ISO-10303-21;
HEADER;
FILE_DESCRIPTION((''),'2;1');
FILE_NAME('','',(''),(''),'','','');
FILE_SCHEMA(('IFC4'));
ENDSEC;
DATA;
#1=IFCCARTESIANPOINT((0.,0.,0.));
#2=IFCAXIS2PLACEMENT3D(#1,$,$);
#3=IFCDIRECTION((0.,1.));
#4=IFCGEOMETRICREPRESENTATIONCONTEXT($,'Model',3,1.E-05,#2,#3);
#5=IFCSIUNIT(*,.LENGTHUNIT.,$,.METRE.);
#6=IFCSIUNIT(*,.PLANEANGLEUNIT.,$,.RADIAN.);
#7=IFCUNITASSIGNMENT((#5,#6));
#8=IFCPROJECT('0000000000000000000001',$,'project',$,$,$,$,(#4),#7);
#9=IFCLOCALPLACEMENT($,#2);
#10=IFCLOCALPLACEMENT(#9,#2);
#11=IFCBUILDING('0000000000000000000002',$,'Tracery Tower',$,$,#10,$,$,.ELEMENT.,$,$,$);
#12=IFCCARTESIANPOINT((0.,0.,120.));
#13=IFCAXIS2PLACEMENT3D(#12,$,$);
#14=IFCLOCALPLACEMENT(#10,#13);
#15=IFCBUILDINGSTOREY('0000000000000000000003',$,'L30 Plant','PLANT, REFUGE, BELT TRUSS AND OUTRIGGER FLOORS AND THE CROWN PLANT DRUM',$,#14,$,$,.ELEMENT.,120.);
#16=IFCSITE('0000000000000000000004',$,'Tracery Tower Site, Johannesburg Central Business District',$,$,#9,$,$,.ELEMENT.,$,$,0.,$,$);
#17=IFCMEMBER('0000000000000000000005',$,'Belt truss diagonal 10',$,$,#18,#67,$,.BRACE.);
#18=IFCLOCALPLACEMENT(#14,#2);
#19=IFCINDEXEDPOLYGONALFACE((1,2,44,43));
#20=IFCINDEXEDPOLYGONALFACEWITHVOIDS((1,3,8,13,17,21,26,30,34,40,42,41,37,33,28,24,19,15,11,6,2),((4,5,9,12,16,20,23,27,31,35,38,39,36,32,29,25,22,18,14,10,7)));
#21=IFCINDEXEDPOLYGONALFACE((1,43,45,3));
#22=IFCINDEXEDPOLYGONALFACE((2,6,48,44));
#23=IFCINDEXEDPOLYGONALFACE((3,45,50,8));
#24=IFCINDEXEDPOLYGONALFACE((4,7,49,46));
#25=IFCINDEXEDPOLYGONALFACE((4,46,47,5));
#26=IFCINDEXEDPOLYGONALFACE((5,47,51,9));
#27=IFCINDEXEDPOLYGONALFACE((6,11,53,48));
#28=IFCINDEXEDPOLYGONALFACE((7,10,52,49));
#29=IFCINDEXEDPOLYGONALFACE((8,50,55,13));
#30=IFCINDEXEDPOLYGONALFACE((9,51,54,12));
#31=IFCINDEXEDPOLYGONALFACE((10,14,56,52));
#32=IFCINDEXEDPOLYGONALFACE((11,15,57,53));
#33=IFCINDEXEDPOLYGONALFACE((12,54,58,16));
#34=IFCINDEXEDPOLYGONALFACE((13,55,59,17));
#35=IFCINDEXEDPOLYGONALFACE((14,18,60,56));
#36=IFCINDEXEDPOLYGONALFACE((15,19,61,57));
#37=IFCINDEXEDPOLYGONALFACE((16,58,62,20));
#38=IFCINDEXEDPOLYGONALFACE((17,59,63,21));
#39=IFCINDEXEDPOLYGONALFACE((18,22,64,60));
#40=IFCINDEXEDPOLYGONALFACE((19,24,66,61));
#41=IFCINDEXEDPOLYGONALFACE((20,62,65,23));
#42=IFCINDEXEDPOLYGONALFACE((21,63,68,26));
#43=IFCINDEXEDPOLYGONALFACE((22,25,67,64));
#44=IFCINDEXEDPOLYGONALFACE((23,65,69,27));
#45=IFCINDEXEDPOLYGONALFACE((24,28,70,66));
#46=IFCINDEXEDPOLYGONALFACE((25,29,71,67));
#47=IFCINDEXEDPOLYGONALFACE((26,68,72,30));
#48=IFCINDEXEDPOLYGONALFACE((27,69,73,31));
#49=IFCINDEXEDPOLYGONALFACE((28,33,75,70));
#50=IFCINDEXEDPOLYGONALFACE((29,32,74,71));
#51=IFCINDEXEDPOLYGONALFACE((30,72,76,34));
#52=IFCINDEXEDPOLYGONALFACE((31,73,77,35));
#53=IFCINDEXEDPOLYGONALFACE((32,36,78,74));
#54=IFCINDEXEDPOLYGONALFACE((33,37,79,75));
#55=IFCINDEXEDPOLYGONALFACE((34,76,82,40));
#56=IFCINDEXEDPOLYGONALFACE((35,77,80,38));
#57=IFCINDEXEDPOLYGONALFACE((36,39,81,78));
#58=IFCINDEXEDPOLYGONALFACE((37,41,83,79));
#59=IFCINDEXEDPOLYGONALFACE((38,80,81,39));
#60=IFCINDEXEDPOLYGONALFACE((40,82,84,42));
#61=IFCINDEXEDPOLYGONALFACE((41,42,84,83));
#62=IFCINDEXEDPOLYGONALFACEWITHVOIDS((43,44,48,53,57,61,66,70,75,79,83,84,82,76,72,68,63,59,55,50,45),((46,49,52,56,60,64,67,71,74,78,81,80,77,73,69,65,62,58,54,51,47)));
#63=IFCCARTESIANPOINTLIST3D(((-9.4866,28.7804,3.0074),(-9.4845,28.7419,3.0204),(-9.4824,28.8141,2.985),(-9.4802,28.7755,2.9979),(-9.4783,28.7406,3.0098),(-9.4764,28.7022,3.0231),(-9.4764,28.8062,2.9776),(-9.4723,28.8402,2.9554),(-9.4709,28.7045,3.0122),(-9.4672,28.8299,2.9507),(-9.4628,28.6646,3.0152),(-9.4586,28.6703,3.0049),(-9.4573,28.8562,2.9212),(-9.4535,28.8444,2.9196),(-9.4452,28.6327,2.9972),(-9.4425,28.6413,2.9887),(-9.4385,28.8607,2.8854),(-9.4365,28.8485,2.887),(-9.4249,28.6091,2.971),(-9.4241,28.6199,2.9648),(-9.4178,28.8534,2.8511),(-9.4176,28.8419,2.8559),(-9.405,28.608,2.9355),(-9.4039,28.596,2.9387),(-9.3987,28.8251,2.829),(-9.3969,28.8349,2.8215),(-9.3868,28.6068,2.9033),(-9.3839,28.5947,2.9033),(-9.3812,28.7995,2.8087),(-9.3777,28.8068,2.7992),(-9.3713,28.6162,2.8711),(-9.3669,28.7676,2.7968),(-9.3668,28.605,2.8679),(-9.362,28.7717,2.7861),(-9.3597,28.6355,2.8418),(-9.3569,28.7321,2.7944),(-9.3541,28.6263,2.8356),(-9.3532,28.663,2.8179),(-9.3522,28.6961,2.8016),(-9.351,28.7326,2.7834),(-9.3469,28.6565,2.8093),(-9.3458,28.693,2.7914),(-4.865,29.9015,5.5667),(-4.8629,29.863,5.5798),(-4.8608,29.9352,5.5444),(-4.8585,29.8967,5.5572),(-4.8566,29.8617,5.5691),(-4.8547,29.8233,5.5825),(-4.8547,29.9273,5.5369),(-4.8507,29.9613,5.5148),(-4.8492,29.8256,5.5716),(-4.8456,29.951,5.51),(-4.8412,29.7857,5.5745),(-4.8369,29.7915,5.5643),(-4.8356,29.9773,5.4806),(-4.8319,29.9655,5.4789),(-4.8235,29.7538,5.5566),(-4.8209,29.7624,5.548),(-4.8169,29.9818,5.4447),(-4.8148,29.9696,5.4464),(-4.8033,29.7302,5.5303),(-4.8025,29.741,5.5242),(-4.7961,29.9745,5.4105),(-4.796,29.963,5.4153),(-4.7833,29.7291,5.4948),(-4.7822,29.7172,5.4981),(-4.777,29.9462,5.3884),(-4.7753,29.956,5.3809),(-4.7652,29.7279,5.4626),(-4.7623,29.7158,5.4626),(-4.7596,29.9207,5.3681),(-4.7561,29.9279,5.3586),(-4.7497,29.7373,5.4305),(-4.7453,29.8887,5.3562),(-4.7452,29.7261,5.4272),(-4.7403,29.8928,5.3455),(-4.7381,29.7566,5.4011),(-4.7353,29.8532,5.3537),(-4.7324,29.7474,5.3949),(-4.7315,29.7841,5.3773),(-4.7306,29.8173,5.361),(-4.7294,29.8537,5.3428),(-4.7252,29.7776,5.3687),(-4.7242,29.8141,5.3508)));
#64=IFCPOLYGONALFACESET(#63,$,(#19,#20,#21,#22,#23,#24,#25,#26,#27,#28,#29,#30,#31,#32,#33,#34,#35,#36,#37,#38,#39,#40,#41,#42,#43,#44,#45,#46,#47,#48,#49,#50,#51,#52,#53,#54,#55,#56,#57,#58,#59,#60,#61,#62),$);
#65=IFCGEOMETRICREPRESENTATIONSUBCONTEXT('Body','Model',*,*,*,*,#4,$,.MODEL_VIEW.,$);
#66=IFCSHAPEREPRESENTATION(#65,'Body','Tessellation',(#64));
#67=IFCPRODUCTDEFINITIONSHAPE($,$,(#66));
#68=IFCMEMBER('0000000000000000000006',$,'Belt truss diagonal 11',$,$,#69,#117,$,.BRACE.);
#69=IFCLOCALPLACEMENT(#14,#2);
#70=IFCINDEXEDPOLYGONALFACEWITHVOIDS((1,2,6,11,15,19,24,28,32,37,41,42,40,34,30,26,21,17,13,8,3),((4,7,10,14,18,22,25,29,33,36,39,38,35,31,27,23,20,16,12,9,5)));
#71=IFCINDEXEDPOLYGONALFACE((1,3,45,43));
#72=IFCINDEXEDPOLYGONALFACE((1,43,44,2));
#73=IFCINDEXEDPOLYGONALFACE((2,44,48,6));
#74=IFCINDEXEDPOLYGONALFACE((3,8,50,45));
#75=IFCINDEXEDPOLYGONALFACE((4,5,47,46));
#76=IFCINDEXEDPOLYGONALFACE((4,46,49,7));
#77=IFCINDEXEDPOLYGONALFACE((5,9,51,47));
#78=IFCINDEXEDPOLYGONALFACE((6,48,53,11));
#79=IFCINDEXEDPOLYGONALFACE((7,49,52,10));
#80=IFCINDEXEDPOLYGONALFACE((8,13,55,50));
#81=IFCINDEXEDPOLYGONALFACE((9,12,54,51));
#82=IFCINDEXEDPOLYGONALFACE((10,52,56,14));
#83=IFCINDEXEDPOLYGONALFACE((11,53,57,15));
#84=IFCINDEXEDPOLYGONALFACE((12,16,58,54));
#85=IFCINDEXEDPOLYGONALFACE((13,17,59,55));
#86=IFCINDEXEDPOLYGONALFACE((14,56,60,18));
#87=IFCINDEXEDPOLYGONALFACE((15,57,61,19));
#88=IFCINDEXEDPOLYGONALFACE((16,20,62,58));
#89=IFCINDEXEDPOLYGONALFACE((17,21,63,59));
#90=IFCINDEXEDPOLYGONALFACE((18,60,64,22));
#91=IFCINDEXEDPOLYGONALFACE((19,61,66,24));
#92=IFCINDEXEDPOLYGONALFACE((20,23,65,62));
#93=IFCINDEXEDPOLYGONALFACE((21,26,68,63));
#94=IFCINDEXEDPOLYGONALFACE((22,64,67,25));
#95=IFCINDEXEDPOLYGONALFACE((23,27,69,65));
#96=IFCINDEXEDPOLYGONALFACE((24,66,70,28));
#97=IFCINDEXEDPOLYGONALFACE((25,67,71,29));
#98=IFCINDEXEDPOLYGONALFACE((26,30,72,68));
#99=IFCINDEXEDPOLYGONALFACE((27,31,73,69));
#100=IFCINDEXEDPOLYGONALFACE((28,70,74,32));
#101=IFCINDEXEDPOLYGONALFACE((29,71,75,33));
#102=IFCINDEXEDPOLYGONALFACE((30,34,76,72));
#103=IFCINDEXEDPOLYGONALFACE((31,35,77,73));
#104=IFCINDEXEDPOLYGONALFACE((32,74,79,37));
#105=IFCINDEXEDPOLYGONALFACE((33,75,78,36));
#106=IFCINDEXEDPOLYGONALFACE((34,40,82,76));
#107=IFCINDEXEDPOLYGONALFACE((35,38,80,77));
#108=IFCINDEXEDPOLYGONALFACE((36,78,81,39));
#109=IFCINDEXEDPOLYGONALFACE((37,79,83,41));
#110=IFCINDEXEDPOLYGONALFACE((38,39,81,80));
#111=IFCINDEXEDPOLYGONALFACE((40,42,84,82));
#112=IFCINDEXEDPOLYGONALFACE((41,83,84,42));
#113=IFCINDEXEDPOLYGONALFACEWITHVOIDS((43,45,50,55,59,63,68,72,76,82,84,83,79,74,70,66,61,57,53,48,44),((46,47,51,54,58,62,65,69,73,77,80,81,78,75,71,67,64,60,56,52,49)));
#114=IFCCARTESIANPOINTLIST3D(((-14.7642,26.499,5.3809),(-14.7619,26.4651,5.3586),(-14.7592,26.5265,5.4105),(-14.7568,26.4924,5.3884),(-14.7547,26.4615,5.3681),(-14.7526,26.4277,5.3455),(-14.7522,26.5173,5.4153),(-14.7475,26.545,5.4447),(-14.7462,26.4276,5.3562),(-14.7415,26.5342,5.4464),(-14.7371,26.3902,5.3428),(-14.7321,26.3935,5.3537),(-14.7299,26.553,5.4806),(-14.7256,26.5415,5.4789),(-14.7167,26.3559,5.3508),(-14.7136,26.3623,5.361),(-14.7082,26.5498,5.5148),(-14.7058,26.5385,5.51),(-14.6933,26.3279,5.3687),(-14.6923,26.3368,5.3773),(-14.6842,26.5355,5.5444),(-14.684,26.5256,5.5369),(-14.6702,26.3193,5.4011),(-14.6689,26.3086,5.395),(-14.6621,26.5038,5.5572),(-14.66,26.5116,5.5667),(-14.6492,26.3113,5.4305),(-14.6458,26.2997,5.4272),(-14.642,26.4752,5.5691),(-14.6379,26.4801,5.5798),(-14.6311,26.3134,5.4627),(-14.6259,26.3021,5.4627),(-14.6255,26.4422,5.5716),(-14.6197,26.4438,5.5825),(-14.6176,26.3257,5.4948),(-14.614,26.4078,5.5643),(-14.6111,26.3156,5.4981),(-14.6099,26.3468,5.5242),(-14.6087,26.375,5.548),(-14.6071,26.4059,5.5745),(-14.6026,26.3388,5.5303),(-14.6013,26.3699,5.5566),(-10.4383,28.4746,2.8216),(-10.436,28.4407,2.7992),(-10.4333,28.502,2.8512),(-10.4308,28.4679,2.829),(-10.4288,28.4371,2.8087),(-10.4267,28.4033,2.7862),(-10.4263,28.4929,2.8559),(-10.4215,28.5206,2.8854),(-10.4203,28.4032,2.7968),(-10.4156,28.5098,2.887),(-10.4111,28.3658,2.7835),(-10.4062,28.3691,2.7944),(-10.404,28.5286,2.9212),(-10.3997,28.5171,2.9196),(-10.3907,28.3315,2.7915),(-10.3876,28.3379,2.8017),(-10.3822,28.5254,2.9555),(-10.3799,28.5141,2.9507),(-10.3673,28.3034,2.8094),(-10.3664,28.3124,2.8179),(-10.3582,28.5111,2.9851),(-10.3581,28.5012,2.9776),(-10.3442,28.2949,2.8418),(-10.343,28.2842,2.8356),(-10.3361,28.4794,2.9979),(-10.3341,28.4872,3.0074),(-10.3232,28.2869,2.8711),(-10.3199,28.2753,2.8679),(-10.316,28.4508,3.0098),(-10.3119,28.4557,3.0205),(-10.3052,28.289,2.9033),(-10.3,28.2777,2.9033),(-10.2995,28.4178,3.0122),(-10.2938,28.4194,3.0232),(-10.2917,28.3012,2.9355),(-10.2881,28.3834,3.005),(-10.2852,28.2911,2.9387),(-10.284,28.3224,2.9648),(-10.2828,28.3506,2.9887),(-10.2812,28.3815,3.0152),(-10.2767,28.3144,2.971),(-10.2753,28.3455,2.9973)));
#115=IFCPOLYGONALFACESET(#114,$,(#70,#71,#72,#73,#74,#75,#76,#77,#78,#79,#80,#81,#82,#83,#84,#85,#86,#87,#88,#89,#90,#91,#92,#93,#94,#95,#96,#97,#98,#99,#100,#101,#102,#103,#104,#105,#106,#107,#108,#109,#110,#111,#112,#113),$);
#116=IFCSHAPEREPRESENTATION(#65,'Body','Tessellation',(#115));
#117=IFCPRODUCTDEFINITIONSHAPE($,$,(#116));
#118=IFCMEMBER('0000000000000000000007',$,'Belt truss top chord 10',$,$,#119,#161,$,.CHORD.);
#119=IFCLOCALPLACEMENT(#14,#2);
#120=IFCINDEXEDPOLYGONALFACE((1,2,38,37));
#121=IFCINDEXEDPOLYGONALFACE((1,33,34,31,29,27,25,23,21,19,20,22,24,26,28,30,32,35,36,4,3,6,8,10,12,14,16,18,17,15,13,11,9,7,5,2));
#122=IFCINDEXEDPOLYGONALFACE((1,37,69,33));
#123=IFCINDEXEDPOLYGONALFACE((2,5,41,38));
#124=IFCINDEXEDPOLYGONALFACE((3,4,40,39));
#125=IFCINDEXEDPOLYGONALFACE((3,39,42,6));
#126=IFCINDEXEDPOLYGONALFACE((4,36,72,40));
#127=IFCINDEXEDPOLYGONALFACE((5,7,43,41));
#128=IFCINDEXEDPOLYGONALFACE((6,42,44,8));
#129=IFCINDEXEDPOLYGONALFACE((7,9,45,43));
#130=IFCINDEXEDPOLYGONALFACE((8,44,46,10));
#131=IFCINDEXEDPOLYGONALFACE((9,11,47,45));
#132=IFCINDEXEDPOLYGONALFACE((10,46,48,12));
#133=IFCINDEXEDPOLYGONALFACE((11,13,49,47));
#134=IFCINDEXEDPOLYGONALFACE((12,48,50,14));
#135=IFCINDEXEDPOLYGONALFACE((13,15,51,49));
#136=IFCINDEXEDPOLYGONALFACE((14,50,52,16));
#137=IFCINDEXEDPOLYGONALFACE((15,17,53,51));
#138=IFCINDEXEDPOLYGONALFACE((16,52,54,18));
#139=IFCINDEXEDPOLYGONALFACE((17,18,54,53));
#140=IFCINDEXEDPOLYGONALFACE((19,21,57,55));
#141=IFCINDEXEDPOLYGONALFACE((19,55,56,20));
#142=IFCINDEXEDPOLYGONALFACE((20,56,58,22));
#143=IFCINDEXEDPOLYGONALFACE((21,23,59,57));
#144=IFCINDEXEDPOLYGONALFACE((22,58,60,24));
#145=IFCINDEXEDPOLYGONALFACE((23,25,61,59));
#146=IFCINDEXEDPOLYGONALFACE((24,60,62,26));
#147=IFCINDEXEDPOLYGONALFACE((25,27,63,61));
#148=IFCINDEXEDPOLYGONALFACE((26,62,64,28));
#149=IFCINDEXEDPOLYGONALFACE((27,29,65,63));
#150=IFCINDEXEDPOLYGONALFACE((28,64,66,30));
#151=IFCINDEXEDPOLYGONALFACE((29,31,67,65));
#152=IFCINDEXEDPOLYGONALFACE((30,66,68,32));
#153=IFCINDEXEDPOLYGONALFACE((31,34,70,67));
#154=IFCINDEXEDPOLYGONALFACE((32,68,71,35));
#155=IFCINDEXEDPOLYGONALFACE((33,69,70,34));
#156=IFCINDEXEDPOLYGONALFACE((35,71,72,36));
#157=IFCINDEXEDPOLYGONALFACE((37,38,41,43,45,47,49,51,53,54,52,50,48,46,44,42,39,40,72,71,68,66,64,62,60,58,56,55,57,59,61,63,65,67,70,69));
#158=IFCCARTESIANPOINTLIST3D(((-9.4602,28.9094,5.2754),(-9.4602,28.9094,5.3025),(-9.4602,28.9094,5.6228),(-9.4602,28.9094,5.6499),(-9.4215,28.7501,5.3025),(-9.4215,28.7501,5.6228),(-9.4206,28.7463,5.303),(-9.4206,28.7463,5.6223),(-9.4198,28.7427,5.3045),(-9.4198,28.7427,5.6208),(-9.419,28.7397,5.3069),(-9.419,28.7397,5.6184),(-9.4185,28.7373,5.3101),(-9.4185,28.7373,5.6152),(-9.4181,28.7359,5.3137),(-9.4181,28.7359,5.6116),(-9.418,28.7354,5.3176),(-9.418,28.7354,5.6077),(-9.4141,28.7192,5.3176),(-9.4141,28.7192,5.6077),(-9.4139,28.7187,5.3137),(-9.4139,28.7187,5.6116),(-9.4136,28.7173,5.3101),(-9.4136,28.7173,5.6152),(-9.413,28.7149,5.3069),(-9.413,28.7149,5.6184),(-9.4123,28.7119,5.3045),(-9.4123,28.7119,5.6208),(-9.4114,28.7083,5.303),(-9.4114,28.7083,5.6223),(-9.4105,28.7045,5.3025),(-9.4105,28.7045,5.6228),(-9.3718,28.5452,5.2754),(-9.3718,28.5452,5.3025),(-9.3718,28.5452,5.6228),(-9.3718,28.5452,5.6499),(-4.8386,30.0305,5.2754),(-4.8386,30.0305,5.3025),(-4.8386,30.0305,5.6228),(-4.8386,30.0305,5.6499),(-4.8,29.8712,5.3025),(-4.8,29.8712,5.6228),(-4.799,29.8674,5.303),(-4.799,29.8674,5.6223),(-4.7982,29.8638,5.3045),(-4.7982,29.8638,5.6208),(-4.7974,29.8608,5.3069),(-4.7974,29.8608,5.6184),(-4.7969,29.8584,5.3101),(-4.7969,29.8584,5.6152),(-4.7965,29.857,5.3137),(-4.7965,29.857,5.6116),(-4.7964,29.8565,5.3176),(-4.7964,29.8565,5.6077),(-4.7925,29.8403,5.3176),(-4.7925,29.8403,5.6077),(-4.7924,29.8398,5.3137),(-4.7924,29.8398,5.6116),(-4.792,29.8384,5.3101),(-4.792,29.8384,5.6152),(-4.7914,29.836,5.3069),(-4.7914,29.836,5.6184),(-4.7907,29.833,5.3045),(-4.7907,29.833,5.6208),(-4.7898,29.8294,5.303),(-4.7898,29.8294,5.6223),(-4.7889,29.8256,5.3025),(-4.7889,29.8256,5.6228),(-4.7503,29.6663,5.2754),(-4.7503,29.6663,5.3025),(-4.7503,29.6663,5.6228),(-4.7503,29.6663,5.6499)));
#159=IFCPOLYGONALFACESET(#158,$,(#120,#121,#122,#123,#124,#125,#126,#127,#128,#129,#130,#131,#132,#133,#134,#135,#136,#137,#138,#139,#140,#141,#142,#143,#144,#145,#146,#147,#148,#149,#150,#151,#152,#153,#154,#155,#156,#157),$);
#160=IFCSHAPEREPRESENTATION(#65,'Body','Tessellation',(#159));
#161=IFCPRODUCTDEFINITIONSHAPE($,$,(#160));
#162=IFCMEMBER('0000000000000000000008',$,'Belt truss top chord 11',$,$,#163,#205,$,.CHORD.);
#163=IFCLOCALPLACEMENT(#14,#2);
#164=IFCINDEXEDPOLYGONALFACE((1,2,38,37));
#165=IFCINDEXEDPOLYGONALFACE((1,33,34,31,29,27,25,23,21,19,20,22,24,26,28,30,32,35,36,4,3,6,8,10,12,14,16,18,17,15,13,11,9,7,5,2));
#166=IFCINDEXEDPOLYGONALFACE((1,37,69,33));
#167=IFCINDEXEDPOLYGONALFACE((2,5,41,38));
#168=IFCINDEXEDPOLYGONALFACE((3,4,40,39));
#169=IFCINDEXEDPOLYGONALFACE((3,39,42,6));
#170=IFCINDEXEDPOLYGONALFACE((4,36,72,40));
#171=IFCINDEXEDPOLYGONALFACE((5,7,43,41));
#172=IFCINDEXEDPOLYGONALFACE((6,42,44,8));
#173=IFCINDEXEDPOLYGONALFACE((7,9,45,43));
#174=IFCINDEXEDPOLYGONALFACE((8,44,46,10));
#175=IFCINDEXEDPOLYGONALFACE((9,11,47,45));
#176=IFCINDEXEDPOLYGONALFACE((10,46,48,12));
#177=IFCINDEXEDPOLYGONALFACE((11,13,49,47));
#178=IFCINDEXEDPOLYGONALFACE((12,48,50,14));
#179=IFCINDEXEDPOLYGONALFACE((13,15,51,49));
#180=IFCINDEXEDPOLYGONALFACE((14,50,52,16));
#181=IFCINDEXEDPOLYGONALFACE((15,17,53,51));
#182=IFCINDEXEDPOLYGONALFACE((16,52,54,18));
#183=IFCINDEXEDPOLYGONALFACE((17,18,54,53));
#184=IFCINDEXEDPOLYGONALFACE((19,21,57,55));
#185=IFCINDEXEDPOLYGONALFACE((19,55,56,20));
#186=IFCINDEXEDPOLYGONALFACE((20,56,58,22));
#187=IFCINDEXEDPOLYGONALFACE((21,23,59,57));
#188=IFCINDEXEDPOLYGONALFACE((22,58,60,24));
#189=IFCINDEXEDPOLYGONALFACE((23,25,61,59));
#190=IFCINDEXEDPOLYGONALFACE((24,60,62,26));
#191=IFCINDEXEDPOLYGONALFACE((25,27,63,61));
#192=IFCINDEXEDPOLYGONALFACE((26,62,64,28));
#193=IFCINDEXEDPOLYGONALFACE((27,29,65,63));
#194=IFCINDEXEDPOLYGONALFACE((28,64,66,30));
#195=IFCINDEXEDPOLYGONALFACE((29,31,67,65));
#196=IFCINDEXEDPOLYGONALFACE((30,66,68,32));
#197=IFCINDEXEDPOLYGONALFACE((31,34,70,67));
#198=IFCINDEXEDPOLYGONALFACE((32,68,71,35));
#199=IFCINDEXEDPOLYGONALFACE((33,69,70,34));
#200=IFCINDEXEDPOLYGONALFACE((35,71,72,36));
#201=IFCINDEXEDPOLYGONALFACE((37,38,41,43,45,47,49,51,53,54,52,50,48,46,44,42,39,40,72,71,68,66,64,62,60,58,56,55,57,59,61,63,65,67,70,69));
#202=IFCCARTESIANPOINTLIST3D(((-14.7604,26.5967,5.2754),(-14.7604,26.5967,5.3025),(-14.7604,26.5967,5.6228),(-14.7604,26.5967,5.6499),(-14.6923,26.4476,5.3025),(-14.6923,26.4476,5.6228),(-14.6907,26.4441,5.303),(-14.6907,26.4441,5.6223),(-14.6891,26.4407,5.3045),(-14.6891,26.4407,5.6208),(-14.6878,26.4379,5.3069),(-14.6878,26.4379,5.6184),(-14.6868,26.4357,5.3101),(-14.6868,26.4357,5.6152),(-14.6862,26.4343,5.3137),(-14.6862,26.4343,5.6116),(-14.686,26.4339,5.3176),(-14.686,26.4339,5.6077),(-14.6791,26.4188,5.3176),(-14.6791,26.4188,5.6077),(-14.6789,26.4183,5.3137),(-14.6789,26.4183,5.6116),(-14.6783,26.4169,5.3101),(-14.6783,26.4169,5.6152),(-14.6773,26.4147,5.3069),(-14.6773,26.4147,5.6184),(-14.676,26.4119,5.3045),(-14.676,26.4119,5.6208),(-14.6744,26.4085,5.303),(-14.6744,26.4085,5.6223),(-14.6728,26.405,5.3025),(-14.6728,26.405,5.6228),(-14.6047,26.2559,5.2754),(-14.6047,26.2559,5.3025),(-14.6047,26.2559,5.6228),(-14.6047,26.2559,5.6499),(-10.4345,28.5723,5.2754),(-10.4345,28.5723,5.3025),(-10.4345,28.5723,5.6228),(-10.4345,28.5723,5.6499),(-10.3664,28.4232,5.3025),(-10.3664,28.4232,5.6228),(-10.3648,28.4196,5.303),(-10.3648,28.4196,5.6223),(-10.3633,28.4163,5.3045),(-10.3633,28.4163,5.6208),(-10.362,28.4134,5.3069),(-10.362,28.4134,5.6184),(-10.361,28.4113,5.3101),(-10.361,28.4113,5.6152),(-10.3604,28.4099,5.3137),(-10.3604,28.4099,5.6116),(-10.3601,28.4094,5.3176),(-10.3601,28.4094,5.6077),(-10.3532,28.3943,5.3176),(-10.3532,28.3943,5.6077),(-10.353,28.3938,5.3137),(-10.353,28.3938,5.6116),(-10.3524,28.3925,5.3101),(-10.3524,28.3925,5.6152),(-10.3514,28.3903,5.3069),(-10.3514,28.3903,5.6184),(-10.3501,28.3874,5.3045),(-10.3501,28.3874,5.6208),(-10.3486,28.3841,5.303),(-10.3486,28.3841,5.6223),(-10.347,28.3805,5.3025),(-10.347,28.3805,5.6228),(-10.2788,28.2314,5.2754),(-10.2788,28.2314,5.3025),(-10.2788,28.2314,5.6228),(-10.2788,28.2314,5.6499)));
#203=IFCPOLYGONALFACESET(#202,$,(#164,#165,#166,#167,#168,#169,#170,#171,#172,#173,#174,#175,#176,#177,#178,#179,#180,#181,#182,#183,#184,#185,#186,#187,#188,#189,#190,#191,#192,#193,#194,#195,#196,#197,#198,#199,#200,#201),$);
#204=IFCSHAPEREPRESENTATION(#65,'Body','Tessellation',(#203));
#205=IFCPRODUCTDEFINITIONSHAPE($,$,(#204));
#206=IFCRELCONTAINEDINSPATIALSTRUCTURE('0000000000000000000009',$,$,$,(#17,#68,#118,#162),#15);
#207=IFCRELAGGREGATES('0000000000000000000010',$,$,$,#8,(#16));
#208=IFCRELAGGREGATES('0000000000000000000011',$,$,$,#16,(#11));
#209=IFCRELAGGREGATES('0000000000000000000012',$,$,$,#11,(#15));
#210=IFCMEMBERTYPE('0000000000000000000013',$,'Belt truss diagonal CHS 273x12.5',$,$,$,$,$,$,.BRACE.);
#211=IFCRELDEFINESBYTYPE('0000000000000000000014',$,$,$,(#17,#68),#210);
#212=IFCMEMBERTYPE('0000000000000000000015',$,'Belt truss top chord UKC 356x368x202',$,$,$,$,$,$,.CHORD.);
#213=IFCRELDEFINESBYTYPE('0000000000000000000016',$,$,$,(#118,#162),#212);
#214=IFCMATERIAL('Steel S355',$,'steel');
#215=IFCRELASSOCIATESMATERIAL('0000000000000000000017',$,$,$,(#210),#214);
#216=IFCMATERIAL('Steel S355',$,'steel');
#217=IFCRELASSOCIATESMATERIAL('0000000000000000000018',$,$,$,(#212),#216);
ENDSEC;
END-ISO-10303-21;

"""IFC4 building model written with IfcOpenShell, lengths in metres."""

from ifc_helpers import new_model, si_unit, direction, frame, origin, origin_2d, place, context, subcontext, project, spatial, hollow_circle, i_section, extrude, material, material_profile, profile_set, type_object, element, save


model = new_model("IFC4")

# Units and contexts
model_context = context("Model", 3, precision=1e-05, world=origin(), true_north=direction((0.0, 1.0)))
body_context = subcontext(model_context, "Body", "Model", "MODEL_VIEW")
ifc_project = project(units=[si_unit("LENGTHUNIT", "METRE"), si_unit("PLANEANGLEUNIT", "RADIAN")], contexts=[model_context])

# Site, building, storey
site_placement = place(None, origin())
site = spatial("IfcSite", under=ifc_project, at=site_placement, Name="Tracery Tower Site, Johannesburg Central Business District", CompositionType="ELEMENT", RefElevation=0.0)
building_placement = place(site_placement, origin())
building = spatial("IfcBuilding", under=site, at=building_placement, Name="Tracery Tower", CompositionType="ELEMENT")
storey_placement = place(building_placement, frame((0.0, 0.0, 120.0)))
storey = spatial("IfcBuildingStorey", under=building, at=storey_placement, Name="L30 Plant", Description="PLANT, REFUGE, BELT TRUSS AND OUTRIGGER FLOORS AND THE CROWN PLANT DRUM", CompositionType="ELEMENT", Elevation=120.0)

# Members
ifc_material_1 = material(Name="Steel S355", Category="steel")
ifc_material_profile_1 = material_profile(ifc_material_1, hollow_circle(Radius=0.1365, WallThickness=0.0125, at=origin_2d()), Name="CHS 273x12.5")
ifc_profile_set_1 = profile_set([ifc_material_profile_1], Name="Steel S355")
member_type_1 = type_object("IfcMemberType", Name="Belt truss diagonal CHS 273x12.5", PredefinedType="BRACE", material=ifc_profile_set_1)
for number, where, z_axis, x_axis, name in (
    (1, (-4.7944, 29.8484, 5.4626), (-0.85576, -0.207589, -0.4739), (0.235741, -0.971816, 0.0), "Belt truss diagonal 10"),
    (2, (-10.3567, 28.4019, 2.9033), (-0.801005, -0.365807, 0.473895), (0.415415, -0.909632, 0.0), "Belt truss diagonal 11"),
):
    element("IfcMember", number, at=place(storey_placement, frame(where, z_axis=z_axis, x_axis=x_axis)), inside=storey, type_object=member_type_1, Name=name, PredefinedType="BRACE", context=body_context, shape_type="SweptSolid", body=[
        extrude(hollow_circle(Radius=0.1365, WallThickness=0.0125, at=origin_2d()), origin(), (0.0, 0.0, 1.0), 5.4006),
    ])
ifc_material_2 = material(Name="Steel S355", Category="steel")
ifc_material_profile_2 = material_profile(ifc_material_2, i_section(OverallWidth=0.3748, OverallDepth=0.3745, WebThickness=0.0166, FlangeThickness=0.0271, FilletRadius=0.0151, at=origin_2d()), Name="UKC 356x368x202")
ifc_profile_set_2 = profile_set([ifc_material_profile_2], Name="Steel S355")
member_type_2 = type_object("IfcMemberType", Name="Belt truss top chord UKC 356x368x202", PredefinedType="CHORD", material=ifc_profile_set_2)
for number, where, z_axis, x_axis, name in (
    (3, (-4.7944, 29.8484, 5.4626), (-0.971816, -0.235741, 0.0), (0.235741, -0.971816, 0.0), "Belt truss top chord 10"),
    (4, (-10.3567, 28.4019, 5.4626), (-0.909632, -0.415415, 0.0), (0.415415, -0.909632, 0.0), "Belt truss top chord 11"),
):
    element("IfcMember", number, at=place(storey_placement, frame(where, z_axis=z_axis, x_axis=x_axis)), inside=storey, type_object=member_type_2, Name=name, PredefinedType="CHORD", context=body_context, shape_type="SweptSolid", body=[
        extrude(i_section(OverallWidth=0.3748, OverallDepth=0.3745, WebThickness=0.0166, FlangeThickness=0.0271, FilletRadius=0.0151, at=origin_2d()), origin(), (0.0, 0.0, 1.0), 4.7556),
    ])

save(model, "model.ifc")
